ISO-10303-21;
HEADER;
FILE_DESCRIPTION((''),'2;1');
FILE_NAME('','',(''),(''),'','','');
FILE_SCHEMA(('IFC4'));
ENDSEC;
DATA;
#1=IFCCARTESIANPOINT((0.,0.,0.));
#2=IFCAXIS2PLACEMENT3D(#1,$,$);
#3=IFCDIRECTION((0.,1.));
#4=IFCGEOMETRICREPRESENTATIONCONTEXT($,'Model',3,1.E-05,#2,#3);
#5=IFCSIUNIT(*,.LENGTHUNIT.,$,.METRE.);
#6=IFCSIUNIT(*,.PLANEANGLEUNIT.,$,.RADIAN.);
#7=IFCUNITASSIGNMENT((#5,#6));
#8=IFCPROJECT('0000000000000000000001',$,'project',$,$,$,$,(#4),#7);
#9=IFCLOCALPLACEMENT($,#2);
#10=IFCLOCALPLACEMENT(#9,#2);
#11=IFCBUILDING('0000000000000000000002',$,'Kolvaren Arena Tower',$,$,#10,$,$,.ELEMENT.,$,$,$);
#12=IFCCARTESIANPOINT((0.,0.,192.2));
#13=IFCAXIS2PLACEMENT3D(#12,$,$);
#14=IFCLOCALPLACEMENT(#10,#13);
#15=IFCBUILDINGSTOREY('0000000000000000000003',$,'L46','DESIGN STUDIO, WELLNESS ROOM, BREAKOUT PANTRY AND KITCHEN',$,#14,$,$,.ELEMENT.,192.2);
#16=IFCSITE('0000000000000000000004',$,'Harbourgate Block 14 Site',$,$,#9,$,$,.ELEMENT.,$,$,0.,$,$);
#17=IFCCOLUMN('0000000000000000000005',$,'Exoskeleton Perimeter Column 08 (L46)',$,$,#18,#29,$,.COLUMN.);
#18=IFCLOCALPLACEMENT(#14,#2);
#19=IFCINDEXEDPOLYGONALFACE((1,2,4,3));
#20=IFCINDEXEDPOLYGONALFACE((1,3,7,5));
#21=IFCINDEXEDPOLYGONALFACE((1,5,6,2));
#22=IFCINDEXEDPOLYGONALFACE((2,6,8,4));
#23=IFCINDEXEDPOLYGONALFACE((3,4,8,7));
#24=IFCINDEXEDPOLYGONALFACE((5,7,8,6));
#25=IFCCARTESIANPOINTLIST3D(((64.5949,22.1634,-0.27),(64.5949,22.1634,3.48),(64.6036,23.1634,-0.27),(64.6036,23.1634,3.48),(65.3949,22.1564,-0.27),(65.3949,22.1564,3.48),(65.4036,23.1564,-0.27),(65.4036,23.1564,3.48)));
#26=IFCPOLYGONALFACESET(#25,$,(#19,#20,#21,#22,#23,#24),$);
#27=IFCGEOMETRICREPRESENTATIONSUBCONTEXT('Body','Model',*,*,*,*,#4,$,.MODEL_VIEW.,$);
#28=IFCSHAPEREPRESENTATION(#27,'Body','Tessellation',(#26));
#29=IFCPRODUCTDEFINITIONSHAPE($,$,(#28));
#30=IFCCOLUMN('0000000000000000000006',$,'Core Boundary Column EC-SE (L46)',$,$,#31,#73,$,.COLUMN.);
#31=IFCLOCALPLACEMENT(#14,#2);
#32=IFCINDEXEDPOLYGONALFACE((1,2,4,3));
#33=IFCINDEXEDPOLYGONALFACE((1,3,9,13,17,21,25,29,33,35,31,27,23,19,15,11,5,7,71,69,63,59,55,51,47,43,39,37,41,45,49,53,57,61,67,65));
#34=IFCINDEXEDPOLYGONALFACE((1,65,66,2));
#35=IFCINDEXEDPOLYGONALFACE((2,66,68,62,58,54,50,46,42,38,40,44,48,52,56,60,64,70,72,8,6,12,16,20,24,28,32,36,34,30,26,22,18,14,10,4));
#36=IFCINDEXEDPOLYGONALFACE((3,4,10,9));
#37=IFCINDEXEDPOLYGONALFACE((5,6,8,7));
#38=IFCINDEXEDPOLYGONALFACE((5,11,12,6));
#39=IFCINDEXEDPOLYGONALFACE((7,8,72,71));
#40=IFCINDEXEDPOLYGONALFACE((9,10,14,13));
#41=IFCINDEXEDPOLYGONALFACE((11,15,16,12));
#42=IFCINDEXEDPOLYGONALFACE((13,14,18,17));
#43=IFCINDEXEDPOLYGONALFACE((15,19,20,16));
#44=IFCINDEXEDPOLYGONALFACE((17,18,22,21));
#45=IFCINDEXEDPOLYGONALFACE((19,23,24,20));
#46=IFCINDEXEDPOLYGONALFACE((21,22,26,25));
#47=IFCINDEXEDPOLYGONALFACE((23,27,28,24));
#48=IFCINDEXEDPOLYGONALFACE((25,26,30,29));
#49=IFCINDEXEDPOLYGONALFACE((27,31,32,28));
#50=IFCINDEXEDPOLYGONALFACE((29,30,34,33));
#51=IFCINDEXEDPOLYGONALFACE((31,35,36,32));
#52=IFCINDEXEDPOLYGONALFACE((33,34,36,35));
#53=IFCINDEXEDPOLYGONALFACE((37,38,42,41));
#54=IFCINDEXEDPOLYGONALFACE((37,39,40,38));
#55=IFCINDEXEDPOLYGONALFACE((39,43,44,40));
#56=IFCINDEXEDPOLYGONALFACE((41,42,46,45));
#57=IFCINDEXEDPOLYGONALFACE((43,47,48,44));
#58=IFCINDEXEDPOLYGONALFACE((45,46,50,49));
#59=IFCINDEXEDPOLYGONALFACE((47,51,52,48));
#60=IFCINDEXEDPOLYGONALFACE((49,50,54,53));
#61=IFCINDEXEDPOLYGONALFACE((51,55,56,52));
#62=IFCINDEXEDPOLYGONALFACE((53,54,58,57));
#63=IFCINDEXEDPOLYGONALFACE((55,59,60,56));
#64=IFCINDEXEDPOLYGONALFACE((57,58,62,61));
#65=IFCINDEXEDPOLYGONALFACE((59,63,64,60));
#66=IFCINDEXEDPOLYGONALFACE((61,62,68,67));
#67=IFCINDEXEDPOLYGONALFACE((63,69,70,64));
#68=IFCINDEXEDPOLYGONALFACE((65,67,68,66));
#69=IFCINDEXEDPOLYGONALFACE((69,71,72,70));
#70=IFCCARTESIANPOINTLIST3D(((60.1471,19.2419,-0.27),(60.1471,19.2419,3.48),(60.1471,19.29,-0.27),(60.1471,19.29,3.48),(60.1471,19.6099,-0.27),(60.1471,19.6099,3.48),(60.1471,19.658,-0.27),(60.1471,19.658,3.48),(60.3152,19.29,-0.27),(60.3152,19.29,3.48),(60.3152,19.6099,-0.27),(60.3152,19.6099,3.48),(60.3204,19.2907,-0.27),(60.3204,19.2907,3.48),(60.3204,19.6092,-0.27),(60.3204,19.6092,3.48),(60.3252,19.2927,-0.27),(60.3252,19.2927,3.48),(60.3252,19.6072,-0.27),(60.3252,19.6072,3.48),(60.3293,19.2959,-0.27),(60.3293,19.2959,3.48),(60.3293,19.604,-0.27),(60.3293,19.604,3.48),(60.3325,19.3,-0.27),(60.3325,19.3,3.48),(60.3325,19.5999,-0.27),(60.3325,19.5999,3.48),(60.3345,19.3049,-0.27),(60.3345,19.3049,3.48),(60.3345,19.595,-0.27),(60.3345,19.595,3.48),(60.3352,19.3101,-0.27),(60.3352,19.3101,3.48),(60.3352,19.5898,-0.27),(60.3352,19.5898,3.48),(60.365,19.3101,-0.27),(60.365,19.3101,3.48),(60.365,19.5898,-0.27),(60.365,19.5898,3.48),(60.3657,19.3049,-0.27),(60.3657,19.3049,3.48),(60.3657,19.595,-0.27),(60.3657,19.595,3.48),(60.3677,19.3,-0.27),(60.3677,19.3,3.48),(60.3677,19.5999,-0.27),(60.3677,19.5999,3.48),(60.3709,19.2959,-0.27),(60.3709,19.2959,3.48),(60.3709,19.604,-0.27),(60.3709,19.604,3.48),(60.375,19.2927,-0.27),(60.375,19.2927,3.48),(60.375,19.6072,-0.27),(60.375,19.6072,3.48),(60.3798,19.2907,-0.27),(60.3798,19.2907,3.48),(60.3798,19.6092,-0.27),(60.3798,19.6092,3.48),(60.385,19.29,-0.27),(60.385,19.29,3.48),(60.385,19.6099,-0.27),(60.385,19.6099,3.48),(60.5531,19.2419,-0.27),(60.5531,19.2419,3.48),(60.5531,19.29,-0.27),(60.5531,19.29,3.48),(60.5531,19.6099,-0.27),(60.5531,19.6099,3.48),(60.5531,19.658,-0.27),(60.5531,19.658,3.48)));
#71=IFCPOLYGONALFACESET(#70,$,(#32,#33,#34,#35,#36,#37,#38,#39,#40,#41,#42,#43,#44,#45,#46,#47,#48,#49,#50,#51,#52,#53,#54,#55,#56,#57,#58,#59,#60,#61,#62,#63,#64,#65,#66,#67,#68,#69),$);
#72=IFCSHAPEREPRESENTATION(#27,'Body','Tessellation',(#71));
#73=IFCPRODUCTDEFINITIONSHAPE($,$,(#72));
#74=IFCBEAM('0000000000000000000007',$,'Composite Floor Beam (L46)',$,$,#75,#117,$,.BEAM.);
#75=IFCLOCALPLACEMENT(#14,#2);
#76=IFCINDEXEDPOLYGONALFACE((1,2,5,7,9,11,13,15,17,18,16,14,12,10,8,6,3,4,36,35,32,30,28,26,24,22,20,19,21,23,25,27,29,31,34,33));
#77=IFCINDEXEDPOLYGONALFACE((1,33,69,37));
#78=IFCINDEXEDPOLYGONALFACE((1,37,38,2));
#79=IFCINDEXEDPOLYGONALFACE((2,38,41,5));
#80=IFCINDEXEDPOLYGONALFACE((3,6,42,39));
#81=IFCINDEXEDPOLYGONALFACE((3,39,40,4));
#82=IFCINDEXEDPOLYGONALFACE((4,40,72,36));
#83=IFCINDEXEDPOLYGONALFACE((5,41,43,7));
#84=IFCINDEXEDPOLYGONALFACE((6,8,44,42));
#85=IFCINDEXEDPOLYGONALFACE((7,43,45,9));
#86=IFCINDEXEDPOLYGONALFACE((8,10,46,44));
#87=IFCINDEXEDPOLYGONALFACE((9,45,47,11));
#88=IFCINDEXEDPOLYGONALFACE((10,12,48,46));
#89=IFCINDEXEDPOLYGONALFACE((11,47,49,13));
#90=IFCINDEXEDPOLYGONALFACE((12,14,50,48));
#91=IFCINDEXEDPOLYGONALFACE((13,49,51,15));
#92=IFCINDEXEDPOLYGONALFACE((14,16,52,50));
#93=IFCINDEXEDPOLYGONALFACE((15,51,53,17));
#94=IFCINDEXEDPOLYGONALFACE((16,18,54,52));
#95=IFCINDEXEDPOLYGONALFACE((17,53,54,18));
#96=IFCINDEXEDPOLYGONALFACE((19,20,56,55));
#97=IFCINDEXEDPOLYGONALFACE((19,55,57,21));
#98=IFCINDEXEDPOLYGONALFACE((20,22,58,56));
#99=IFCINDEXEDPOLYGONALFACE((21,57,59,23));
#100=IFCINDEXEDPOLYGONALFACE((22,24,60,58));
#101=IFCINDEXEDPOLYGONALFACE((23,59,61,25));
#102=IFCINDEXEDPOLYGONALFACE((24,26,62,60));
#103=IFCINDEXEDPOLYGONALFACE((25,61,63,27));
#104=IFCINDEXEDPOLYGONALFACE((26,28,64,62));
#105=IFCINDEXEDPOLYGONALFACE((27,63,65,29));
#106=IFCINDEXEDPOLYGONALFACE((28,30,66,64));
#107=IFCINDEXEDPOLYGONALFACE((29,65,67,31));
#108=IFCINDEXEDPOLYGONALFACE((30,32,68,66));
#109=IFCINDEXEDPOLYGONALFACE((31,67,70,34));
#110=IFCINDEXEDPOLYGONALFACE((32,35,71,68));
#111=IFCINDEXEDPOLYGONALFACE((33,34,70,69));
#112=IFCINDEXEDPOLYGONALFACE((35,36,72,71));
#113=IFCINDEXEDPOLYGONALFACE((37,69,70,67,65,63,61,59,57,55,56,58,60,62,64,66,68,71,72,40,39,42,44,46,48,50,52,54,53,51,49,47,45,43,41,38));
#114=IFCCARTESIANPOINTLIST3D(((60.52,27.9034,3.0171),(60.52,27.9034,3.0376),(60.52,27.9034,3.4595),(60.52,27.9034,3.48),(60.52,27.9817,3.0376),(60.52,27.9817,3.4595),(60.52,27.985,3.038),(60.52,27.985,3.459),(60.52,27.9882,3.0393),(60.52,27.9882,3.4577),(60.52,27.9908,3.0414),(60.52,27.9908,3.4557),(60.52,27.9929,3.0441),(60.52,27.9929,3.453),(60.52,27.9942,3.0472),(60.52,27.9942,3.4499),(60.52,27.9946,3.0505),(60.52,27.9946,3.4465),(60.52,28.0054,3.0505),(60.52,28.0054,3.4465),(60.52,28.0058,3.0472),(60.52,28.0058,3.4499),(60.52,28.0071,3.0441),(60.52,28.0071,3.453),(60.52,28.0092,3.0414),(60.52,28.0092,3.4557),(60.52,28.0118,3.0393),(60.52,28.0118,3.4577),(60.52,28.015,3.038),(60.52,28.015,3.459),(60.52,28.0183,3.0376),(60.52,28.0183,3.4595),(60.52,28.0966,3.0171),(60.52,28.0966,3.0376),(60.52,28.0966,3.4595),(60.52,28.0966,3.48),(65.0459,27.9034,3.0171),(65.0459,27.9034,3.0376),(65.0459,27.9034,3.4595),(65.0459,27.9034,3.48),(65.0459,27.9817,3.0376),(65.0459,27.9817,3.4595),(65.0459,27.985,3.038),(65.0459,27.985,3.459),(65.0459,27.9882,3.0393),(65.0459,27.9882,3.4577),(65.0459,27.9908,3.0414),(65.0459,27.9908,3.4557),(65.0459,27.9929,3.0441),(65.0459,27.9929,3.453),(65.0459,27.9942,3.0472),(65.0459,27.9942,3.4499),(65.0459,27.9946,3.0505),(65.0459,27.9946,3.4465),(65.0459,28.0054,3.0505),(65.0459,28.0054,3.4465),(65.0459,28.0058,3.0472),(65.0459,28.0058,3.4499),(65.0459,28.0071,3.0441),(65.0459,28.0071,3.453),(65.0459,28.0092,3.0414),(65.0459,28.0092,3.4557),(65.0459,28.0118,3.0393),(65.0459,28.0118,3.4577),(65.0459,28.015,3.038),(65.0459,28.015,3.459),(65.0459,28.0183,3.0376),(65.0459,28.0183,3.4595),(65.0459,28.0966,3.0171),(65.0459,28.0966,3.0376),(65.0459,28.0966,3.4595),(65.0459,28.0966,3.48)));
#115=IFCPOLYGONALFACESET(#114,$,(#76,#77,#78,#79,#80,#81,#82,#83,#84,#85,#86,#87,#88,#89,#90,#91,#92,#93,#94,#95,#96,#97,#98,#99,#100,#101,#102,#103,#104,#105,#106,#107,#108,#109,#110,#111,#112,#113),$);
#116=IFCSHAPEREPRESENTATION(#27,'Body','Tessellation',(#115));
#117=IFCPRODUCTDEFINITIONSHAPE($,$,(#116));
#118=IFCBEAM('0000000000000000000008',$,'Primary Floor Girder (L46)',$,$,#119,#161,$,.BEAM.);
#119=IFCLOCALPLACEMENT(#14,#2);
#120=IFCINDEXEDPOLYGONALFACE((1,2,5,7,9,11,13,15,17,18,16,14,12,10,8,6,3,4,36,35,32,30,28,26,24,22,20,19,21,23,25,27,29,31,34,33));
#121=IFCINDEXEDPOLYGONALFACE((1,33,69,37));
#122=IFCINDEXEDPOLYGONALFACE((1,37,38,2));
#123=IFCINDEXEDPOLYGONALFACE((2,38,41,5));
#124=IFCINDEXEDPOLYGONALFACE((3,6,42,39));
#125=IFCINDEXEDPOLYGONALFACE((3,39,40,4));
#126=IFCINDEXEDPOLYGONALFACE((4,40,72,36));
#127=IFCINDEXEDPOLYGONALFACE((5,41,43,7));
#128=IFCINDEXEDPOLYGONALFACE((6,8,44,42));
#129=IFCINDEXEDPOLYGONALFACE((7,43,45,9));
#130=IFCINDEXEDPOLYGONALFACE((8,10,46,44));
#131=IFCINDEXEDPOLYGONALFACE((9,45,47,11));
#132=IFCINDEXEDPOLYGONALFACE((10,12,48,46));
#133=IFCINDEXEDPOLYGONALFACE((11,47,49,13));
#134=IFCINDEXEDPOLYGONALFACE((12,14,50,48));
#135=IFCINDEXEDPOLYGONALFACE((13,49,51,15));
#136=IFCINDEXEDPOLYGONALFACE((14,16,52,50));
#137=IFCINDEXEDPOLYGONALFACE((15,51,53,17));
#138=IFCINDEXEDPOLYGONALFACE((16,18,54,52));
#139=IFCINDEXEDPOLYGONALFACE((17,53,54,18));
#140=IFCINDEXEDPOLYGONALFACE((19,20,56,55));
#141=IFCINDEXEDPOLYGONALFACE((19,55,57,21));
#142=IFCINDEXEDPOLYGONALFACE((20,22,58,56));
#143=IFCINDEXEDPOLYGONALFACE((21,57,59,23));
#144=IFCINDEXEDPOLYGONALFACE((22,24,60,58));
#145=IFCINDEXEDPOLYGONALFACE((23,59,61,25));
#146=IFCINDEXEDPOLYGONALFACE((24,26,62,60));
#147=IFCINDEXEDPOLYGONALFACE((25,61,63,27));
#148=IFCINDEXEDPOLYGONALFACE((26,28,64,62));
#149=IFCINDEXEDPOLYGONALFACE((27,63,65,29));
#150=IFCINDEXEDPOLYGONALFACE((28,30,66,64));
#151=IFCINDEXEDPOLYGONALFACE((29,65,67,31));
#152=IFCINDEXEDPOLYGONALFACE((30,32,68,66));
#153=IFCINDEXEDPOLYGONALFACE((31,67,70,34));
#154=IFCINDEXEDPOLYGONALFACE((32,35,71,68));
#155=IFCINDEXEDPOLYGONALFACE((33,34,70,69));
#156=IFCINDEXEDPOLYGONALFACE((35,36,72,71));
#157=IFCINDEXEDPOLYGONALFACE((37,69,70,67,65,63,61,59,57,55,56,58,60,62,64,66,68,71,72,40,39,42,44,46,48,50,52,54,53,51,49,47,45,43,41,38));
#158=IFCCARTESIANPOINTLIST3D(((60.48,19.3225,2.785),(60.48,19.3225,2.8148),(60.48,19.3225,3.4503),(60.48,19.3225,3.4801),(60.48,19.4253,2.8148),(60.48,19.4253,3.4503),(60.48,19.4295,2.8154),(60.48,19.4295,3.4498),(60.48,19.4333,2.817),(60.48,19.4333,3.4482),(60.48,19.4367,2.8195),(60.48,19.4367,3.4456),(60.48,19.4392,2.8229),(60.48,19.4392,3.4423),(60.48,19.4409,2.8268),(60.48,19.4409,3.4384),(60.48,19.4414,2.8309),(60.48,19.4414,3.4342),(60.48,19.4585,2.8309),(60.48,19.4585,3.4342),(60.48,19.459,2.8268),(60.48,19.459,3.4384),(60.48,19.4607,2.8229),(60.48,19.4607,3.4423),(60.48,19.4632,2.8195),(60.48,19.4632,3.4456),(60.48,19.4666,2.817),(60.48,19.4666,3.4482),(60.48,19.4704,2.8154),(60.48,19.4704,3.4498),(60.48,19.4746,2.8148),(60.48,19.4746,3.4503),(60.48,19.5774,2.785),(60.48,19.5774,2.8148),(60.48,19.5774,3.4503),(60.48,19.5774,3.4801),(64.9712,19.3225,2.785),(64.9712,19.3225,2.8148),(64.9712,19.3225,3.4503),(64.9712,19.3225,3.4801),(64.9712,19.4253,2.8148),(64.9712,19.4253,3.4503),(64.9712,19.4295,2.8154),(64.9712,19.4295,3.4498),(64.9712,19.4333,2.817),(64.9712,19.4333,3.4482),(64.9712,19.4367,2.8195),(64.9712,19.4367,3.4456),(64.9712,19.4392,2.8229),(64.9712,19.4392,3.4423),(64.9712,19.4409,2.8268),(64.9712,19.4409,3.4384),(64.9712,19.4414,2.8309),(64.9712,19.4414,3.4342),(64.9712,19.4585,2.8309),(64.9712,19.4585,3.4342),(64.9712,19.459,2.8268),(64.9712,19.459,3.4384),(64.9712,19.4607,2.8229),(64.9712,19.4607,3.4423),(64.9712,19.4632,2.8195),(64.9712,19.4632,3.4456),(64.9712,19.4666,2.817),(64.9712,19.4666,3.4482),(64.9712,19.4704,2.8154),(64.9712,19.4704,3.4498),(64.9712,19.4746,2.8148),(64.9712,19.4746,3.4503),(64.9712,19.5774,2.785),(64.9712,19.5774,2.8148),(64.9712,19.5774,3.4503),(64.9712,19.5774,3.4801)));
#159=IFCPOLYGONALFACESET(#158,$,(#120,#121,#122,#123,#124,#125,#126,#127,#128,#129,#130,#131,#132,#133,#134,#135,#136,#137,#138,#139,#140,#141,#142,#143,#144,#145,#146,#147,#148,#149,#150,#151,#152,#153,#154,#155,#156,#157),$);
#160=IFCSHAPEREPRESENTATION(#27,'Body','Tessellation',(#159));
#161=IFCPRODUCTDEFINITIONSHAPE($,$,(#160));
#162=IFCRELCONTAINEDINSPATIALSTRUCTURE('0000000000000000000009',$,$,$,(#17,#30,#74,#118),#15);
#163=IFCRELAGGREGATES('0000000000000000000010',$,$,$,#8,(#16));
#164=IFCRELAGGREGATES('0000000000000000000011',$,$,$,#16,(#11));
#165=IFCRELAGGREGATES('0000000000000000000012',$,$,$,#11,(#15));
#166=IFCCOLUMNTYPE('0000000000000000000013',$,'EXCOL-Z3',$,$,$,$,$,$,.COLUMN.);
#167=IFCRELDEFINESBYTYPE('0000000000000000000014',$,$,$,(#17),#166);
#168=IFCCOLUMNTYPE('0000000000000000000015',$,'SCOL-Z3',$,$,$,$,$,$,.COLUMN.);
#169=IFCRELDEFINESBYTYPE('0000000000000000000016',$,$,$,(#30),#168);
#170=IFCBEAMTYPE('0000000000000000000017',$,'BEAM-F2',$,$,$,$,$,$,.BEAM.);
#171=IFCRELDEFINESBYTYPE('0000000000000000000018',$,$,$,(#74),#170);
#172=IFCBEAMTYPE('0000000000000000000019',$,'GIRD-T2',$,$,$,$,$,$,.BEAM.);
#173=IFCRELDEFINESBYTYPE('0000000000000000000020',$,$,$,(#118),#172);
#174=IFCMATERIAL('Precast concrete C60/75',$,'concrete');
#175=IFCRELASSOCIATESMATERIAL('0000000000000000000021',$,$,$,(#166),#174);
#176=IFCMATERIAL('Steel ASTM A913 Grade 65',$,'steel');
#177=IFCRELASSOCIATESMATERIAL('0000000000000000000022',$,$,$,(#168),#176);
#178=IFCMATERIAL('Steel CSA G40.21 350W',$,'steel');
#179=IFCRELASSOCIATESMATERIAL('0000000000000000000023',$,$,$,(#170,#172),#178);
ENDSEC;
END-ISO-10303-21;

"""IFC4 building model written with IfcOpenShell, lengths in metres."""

from ifc_helpers import new_model, si_unit, direction, frame, origin, origin_2d, place, context, subcontext, project, spatial, rectangle, i_section, extrude, material, material_profile, profile_set, type_object, element, save


model = new_model("IFC4")

# Units and contexts
model_context = context("Model", 3, precision=1e-05, world=origin(), true_north=direction((0.0, 1.0)))
body_context = subcontext(model_context, "Body", "Model", "MODEL_VIEW")
ifc_project = project(units=[si_unit("LENGTHUNIT", "METRE"), si_unit("PLANEANGLEUNIT", "RADIAN")], contexts=[model_context])

# Site, building, storey
site_placement = place(None, origin())
site = spatial("IfcSite", under=ifc_project, at=site_placement, Name="Harbourgate Block 14 Site", CompositionType="ELEMENT", RefElevation=0.0)
building_placement = place(site_placement, origin())
building = spatial("IfcBuilding", under=site, at=building_placement, Name="Kolvaren Arena Tower", CompositionType="ELEMENT")
storey_placement = place(building_placement, frame((0.0, 0.0, 192.2)))
storey = spatial("IfcBuildingStorey", under=building, at=storey_placement, Name="L46", Description="DESIGN STUDIO, WELLNESS ROOM, BREAKOUT PANTRY AND KITCHEN", CompositionType="ELEMENT", Elevation=192.2)

# Columns
ifc_material_1 = material(Name="Precast concrete C60/75", Category="concrete")
ifc_material_profile_1 = material_profile(ifc_material_1, rectangle(XDim=1.0, YDim=0.8, at=origin_2d()), Name="RC-1000x800")
ifc_profile_set_1 = profile_set([ifc_material_profile_1], Name="Precast concrete C60/75")
column_type_1 = type_object("IfcColumnType", Name="EXCOL-Z3", PredefinedType="COLUMN", material=ifc_profile_set_1)
column_1_placement = place(storey_placement, frame((64.9993, 22.6599, -0.27), z_axis=(0.0, 0.0, 1.0), x_axis=(0.008727, 0.999962, 0.0)))
element("IfcColumn", 1, at=column_1_placement, inside=storey, type_object=column_type_1, Name="Exoskeleton Perimeter Column 08 (L46)", PredefinedType="COLUMN", context=body_context, shape_type="SweptSolid", body=[
    extrude(rectangle(XDim=1.0, YDim=0.8, at=origin_2d()), origin(), (0.0, 0.0, 1.0), 3.75),
])
ifc_material_2 = material(Name="Steel ASTM A913 Grade 65", Category="steel")
ifc_material_profile_2 = material_profile(ifc_material_2, i_section(OverallWidth=0.406, OverallDepth=0.416, WebThickness=0.0298, FlangeThickness=0.0481, FilletRadius=0.02, at=origin_2d()), Name="W360x382")
ifc_profile_set_2 = profile_set([ifc_material_profile_2], Name="Steel ASTM A913 Grade 65")
column_type_2 = type_object("IfcColumnType", Name="SCOL-Z3", PredefinedType="COLUMN", material=ifc_profile_set_2)
column_2_placement = place(storey_placement, frame((60.3501, 19.45, -0.27), z_axis=(0.0, 0.0, 1.0), x_axis=(1.0, 0.0, 0.0)))
element("IfcColumn", 2, at=column_2_placement, inside=storey, type_object=column_type_2, Name="Core Boundary Column EC-SE (L46)", PredefinedType="COLUMN", context=body_context, shape_type="SweptSolid", body=[
    extrude(i_section(OverallWidth=0.406, OverallDepth=0.416, WebThickness=0.0298, FlangeThickness=0.0481, FilletRadius=0.02, at=origin_2d()), origin(), (0.0, 0.0, 1.0), 3.75),
])

# Beams
ifc_material_3 = material(Name="Steel CSA G40.21 350W", Category="steel")
ifc_material_profile_3 = material_profile(ifc_material_3, i_section(OverallWidth=0.1931, OverallDepth=0.4629, WebThickness=0.0107, FlangeThickness=0.0205, FilletRadius=0.0129, at=origin_2d()), Name="W460x113")
ifc_profile_set_3 = profile_set([ifc_material_profile_3], Name="Steel CSA G40.21 350W")
beam_type_1 = type_object("IfcBeamType", Name="BEAM-F2", PredefinedType="BEAM", material=ifc_profile_set_3)
beam_1_placement = place(storey_placement, frame((60.52, 28.0, 3.2485), z_axis=(1.0, 0.0, 0.0), x_axis=(0.0, 1.0, 0.0)))
element("IfcBeam", 3, at=beam_1_placement, inside=storey, type_object=beam_type_1, Name="Composite Floor Beam (L46)", PredefinedType="BEAM", context=body_context, shape_type="SweptSolid", body=[
    extrude(i_section(OverallWidth=0.1931, OverallDepth=0.4629, WebThickness=0.0107, FlangeThickness=0.0205, FilletRadius=0.0129, at=origin_2d()), origin(), (0.0, 0.0, 1.0), 4.5259),
])
ifc_material_profile_4 = material_profile(ifc_material_3, i_section(OverallWidth=0.2549, OverallDepth=0.6951, WebThickness=0.0171, FlangeThickness=0.0298, FilletRadius=0.0161, at=origin_2d()), Name="W690x217")
ifc_profile_set_4 = profile_set([ifc_material_profile_4], Name="Steel CSA G40.21 350W")
beam_type_2 = type_object("IfcBeamType", Name="GIRD-T2", PredefinedType="BEAM", material=ifc_profile_set_4)
beam_2_placement = place(storey_placement, frame((60.48, 19.45, 3.1326), z_axis=(1.0, 0.0, 0.0), x_axis=(0.0, 1.0, 0.0)))
element("IfcBeam", 4, at=beam_2_placement, inside=storey, type_object=beam_type_2, Name="Primary Floor Girder (L46)", PredefinedType="BEAM", context=body_context, shape_type="SweptSolid", body=[
    extrude(i_section(OverallWidth=0.2549, OverallDepth=0.6951, WebThickness=0.0171, FlangeThickness=0.0298, FilletRadius=0.0161, at=origin_2d()), origin(), (0.0, 0.0, 1.0), 4.4912),
])

save(model, "model.ifc")
